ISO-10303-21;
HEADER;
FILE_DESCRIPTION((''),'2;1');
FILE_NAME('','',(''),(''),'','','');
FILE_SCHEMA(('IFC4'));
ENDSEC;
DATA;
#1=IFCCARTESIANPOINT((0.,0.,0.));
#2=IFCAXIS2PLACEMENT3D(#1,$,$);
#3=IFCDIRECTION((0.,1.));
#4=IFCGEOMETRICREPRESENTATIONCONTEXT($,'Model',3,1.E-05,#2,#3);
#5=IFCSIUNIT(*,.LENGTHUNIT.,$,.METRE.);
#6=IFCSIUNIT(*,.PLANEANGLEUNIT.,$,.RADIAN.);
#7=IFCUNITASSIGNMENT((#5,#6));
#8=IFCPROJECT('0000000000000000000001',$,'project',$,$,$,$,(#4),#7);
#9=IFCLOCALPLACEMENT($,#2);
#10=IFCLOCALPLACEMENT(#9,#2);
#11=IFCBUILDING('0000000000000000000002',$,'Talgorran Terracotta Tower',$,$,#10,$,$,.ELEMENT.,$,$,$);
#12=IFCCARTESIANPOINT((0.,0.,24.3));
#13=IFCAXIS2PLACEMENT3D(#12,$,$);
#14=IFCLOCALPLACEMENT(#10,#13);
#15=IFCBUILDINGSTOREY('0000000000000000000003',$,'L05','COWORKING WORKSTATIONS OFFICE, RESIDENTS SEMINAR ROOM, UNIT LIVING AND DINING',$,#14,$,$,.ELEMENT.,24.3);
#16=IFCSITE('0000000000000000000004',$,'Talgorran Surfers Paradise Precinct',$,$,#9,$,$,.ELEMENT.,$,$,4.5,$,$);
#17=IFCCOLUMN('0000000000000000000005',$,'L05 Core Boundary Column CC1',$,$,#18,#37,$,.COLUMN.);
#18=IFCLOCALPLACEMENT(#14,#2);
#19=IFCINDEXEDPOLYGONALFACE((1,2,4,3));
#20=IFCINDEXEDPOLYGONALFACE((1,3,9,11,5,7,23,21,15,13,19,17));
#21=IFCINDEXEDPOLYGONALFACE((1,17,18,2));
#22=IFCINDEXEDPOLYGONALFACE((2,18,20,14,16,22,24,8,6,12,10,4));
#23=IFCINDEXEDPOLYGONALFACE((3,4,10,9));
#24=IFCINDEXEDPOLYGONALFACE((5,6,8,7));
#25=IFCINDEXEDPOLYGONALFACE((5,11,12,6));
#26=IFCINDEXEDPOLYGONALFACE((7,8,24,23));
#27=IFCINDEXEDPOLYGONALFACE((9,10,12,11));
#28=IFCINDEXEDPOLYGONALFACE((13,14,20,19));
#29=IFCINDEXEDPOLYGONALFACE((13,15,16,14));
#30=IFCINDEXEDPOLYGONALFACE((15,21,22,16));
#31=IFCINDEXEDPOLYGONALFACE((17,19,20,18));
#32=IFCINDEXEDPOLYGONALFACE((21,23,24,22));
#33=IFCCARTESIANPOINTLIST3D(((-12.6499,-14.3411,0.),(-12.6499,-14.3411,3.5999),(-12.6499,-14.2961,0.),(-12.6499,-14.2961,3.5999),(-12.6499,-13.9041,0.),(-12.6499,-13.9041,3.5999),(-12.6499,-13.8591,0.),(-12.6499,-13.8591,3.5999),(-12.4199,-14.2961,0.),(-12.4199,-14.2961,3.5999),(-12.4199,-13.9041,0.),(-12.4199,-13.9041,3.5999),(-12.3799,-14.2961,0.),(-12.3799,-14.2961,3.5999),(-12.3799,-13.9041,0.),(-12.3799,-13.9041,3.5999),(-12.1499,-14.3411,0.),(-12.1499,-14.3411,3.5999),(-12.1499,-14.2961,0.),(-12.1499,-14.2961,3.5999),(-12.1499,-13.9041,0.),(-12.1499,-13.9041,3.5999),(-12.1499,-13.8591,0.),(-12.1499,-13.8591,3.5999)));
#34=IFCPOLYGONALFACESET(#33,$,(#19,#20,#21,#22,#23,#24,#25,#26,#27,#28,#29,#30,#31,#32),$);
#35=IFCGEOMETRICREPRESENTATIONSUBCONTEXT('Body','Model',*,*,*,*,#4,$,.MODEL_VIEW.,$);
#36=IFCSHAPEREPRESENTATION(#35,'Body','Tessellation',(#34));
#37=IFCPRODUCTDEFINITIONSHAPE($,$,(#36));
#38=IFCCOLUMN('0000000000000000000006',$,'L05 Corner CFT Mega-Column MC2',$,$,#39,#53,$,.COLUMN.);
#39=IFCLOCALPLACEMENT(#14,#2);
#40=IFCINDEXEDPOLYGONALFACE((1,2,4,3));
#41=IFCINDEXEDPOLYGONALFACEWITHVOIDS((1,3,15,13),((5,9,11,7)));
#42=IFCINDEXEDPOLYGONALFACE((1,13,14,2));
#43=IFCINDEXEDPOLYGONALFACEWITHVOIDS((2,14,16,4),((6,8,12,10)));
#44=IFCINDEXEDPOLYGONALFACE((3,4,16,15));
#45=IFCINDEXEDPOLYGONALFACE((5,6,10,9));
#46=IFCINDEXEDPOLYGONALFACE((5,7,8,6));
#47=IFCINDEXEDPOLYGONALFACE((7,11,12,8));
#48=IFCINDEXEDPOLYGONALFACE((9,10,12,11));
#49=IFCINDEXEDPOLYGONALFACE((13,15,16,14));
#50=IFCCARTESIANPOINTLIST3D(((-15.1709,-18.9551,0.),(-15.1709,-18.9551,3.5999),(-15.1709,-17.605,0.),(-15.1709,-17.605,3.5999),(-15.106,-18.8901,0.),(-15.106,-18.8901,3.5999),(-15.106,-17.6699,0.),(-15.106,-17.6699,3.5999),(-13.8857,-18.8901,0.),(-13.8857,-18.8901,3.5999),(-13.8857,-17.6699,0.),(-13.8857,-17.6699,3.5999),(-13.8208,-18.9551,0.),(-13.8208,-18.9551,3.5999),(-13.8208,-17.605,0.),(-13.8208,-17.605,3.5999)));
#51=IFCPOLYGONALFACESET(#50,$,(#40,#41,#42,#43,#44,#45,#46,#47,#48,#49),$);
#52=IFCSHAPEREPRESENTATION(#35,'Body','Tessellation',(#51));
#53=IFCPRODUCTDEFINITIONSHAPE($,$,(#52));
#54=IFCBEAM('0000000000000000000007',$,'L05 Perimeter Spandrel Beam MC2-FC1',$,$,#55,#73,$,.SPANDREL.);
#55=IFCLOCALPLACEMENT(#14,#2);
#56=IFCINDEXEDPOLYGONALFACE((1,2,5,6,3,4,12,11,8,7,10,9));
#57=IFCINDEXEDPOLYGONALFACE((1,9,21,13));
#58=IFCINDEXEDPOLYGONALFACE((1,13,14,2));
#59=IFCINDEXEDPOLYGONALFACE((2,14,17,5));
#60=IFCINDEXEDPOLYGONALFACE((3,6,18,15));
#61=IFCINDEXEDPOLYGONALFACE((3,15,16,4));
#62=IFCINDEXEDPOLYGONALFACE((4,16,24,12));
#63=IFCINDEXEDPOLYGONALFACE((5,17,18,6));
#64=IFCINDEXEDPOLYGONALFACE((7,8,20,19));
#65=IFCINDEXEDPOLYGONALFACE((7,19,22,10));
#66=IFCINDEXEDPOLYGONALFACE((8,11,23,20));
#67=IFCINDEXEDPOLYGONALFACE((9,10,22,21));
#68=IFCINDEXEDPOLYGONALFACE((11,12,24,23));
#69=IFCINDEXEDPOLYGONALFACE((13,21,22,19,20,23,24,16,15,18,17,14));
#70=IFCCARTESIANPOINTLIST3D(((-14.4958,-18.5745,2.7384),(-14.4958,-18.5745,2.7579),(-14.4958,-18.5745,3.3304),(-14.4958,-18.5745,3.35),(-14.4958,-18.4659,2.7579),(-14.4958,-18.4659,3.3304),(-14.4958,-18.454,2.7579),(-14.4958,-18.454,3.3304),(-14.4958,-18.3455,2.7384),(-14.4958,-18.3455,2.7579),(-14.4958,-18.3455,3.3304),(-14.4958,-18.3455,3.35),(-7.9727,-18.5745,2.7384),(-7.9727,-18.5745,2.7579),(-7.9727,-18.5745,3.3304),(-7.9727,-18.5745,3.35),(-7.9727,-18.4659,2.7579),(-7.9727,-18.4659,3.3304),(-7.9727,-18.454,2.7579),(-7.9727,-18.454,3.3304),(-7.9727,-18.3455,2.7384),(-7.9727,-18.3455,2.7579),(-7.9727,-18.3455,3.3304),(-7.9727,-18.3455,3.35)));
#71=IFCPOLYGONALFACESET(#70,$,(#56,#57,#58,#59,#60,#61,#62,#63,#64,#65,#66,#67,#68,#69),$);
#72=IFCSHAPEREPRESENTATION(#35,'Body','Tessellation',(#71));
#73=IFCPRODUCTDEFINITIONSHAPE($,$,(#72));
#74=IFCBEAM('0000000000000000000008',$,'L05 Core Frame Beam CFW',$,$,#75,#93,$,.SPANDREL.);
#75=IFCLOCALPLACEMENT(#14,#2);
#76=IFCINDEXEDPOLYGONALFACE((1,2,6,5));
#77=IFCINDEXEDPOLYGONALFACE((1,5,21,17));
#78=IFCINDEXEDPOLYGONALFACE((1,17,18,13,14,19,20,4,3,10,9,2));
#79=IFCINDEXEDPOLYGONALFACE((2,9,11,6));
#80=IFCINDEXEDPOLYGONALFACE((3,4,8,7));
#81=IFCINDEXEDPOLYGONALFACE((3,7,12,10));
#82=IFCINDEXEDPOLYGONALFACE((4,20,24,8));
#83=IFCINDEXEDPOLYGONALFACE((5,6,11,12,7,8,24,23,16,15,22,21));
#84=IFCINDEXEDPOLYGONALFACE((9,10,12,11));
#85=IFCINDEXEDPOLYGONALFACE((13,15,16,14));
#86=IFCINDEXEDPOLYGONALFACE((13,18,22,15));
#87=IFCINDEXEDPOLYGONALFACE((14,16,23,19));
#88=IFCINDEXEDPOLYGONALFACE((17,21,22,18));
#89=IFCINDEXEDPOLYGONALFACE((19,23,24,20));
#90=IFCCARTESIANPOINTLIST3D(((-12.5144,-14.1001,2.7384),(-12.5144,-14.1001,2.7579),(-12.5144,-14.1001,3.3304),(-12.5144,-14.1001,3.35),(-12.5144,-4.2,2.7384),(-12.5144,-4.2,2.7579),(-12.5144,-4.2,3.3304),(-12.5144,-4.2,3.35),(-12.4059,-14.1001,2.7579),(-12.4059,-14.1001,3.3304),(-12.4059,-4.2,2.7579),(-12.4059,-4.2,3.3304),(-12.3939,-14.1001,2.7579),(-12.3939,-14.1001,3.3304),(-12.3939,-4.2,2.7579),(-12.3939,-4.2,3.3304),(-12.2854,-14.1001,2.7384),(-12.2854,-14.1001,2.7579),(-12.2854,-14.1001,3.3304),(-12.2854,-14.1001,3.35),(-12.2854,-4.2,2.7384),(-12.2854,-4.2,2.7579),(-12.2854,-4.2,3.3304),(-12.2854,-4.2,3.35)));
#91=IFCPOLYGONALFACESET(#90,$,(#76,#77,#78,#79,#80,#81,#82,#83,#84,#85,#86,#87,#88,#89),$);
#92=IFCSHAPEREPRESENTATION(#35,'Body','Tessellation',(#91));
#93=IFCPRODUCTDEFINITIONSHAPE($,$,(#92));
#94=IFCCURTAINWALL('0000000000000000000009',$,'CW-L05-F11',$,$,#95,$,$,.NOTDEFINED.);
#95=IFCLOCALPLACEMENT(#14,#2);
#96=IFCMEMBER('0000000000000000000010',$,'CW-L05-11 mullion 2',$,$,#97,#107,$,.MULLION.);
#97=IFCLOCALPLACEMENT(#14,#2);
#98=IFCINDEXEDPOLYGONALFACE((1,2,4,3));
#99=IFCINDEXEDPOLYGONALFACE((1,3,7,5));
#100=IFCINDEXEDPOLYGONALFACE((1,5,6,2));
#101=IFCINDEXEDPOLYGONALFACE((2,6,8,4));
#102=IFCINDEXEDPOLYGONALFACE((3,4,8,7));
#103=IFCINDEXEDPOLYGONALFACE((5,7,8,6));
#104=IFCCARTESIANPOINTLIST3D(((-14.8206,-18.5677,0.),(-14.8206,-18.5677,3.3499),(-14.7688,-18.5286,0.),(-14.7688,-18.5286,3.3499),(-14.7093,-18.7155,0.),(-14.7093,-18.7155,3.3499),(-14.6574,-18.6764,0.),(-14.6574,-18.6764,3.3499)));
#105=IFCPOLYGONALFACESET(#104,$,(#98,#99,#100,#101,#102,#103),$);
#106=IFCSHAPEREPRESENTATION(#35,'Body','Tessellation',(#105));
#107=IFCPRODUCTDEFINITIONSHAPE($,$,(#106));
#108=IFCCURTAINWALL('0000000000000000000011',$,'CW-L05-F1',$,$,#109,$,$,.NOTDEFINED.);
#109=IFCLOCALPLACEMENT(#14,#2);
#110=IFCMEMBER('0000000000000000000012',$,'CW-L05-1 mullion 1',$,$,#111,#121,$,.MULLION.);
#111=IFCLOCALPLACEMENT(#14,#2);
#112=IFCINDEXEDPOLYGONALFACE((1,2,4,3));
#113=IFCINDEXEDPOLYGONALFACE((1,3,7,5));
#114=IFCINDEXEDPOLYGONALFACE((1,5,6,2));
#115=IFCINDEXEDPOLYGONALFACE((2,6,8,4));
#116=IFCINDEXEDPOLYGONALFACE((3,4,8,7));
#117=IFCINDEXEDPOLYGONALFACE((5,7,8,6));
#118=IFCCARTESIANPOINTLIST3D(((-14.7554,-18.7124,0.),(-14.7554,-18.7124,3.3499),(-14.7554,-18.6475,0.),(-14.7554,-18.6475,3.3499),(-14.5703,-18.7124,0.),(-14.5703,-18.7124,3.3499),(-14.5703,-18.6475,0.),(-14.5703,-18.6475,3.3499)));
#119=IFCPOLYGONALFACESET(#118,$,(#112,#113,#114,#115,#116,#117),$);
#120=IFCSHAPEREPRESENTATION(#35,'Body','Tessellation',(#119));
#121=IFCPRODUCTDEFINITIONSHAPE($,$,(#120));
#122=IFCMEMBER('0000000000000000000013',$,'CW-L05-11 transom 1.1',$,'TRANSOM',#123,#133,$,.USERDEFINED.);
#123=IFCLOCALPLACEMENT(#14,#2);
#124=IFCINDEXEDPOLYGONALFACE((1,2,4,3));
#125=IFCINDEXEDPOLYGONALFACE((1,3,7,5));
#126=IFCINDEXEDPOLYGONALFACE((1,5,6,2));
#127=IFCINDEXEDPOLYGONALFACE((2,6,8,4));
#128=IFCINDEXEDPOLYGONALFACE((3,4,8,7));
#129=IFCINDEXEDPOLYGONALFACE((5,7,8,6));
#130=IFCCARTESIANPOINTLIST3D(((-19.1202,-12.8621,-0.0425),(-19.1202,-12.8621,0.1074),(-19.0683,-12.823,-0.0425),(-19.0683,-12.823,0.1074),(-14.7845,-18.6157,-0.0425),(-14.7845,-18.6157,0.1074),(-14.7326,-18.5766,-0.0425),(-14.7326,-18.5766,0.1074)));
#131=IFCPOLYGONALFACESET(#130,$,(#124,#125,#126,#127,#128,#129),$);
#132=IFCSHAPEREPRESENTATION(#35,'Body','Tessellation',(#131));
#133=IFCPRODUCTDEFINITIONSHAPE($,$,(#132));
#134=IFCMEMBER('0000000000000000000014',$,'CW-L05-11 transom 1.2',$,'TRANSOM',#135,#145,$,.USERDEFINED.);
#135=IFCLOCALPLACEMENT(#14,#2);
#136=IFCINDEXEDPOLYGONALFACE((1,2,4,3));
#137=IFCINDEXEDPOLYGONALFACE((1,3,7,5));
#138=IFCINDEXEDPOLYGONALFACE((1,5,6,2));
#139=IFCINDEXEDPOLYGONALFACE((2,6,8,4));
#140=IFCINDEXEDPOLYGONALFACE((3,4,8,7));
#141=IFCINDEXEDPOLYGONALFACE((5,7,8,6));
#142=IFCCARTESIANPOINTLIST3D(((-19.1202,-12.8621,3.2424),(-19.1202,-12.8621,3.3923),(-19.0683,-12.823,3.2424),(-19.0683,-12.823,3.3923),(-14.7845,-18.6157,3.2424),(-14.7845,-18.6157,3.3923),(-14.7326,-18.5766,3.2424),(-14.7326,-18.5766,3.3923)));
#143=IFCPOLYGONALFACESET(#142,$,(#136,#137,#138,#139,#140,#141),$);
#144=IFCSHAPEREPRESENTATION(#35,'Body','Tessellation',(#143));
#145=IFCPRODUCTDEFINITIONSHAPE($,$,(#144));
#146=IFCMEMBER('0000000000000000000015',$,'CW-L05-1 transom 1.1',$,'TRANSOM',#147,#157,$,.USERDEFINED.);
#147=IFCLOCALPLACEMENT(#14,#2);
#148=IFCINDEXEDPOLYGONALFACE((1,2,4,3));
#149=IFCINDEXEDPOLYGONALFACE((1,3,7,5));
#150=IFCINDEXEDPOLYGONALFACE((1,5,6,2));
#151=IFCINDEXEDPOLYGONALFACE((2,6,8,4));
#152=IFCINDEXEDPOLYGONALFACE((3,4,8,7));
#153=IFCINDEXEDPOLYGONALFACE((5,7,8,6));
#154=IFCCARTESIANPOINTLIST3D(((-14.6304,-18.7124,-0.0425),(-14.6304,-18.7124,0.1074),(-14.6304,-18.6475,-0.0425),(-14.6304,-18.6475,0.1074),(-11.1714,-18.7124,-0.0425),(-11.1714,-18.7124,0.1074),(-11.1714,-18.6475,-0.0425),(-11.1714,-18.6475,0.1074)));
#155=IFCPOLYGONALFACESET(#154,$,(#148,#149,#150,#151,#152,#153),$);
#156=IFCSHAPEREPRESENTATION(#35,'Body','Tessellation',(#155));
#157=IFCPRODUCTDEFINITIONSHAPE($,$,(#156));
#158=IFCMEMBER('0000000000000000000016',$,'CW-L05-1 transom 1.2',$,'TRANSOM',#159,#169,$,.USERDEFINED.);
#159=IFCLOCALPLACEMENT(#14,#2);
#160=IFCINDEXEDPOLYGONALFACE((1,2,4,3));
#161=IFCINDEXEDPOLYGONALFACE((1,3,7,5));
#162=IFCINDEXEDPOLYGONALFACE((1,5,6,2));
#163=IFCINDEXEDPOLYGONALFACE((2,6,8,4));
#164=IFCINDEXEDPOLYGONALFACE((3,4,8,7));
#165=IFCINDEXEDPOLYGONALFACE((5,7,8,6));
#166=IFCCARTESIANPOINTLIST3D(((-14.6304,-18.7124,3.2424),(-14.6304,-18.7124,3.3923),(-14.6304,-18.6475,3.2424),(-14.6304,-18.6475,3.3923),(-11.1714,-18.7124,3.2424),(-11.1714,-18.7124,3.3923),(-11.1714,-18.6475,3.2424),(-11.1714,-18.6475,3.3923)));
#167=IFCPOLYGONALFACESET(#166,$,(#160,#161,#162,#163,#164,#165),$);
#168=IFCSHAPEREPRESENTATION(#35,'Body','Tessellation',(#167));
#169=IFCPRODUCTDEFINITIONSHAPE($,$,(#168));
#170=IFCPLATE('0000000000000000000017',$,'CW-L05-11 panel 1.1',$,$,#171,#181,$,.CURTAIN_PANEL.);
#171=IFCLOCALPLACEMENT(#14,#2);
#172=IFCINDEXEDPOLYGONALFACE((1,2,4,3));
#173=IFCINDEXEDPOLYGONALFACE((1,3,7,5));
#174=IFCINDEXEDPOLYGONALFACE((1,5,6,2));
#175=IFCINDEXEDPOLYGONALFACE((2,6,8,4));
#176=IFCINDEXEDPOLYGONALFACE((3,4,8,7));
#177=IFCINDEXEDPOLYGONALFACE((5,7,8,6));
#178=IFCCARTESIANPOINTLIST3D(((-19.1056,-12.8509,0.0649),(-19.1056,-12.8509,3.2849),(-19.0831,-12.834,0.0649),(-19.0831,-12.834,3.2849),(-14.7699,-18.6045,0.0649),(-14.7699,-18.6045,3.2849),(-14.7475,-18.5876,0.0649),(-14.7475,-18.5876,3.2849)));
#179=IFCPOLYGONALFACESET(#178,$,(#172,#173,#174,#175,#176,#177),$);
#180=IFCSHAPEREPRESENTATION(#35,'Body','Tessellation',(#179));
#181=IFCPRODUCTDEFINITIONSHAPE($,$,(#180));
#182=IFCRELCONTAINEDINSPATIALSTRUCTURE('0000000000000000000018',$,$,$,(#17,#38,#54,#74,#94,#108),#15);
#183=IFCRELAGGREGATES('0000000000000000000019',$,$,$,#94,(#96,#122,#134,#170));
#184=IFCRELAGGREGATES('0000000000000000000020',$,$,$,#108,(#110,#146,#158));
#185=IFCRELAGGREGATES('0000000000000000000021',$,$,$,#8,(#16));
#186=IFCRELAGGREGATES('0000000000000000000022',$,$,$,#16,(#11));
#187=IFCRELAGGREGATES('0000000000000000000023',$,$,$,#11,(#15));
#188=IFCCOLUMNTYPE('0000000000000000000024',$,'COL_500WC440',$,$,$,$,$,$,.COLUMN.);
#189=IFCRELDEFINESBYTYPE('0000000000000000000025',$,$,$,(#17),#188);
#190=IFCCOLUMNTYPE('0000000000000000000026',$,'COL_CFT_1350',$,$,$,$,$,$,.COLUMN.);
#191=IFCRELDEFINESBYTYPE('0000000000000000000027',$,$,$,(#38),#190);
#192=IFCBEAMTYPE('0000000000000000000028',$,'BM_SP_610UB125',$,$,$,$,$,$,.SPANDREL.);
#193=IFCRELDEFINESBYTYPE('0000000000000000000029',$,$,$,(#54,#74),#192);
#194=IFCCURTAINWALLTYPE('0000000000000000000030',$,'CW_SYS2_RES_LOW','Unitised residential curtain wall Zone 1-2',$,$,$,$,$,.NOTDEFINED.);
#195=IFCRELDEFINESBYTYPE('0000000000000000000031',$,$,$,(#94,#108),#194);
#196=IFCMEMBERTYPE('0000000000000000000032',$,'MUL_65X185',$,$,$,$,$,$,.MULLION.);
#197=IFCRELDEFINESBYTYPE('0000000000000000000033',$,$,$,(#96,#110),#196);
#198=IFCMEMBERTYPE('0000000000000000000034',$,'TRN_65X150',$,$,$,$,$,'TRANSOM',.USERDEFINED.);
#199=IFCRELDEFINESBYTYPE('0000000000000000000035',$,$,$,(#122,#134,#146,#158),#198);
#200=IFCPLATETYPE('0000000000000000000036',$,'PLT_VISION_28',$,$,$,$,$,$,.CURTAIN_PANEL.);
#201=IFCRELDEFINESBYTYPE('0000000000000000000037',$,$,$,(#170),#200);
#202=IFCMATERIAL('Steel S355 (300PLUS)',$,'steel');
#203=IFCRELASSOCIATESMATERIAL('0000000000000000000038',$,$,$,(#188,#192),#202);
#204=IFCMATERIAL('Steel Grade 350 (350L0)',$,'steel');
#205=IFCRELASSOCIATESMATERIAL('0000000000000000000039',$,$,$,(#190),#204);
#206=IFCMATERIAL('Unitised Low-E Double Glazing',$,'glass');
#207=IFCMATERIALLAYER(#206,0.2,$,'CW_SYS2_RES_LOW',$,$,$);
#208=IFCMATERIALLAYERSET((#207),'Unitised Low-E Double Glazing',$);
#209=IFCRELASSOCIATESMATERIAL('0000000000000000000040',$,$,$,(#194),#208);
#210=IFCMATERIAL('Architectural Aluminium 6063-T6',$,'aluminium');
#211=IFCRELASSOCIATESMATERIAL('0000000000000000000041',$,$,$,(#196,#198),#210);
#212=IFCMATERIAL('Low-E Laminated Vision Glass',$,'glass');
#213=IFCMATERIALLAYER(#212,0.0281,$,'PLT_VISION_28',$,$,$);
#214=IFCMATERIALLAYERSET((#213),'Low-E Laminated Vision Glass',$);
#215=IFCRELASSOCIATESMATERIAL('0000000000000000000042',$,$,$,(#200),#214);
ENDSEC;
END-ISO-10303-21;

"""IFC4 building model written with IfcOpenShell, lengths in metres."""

from ifc_helpers import new_model, si_unit, direction, frame, origin, origin_2d, place, context, subcontext, project, spatial, rectangle, hollow_rectangle, i_section, extrude, source, transform, mapped, material, layer, layer_set, material_profile, profile_set, type_object, element, aggregate, save


model = new_model("IFC4")

# Units and contexts
model_context = context("Model", 3, precision=1e-05, world=origin(), true_north=direction((0.0, 1.0)))
body_context = subcontext(model_context, "Body", "Model", "MODEL_VIEW")
ifc_project = project(units=[si_unit("LENGTHUNIT", "METRE"), si_unit("PLANEANGLEUNIT", "RADIAN")], contexts=[model_context])

# Site, building, storey
site_placement = place(None, origin())
site = spatial("IfcSite", under=ifc_project, at=site_placement, Name="Talgorran Surfers Paradise Precinct", CompositionType="ELEMENT", RefElevation=4.5)
building_placement = place(site_placement, origin())
building = spatial("IfcBuilding", under=site, at=building_placement, Name="Talgorran Terracotta Tower", CompositionType="ELEMENT")
storey_placement = place(building_placement, frame((0.0, 0.0, 24.3)))
storey = spatial("IfcBuildingStorey", under=building, at=storey_placement, Name="L05", Description="COWORKING WORKSTATIONS OFFICE, RESIDENTS SEMINAR ROOM, UNIT LIVING AND DINING", CompositionType="ELEMENT", Elevation=24.3)

# Columns
ifc_material_1 = material(Name="Steel S355 (300PLUS)", Category="steel")
ifc_material_profile_1 = material_profile(ifc_material_1, i_section(OverallWidth=0.5, OverallDepth=0.4819, WebThickness=0.04, FlangeThickness=0.0449, at=origin_2d()), Name="500WC440")
ifc_profile_set_1 = profile_set([ifc_material_profile_1], Name="Steel S355 (300PLUS)")
column_type_1 = type_object("IfcColumnType", Name="COL_500WC440", PredefinedType="COLUMN", material=ifc_profile_set_1)
column_1_placement = place(storey_placement, frame((-12.3999, -14.1001, 0.0), z_axis=(0.0, 0.0, 1.0), x_axis=(1.0, 0.0, 0.0)))
element("IfcColumn", 1, at=column_1_placement, inside=storey, type_object=column_type_1, Name="L05 Core Boundary Column CC1", PredefinedType="COLUMN", context=body_context, shape_type="SweptSolid", body=[
    extrude(i_section(OverallWidth=0.5, OverallDepth=0.4819, WebThickness=0.04, FlangeThickness=0.0449, at=origin_2d()), origin(), (0.0, 0.0, 1.0), 3.5999),
])
ifc_material_2 = material(Name="Steel Grade 350 (350L0)", Category="steel")
ifc_material_profile_2 = material_profile(ifc_material_2, hollow_rectangle(XDim=1.3501, YDim=1.3501, WallThickness=0.0649, at=origin_2d()), Name="CFT1350X1350X65")
ifc_profile_set_2 = profile_set([ifc_material_profile_2], Name="Steel Grade 350 (350L0)")
column_type_2 = type_object("IfcColumnType", Name="COL_CFT_1350", PredefinedType="COLUMN", material=ifc_profile_set_2)
column_2_placement = place(storey_placement, frame((-14.4958, -18.28, 0.0), z_axis=(0.0, 0.0, 1.0), x_axis=(1.0, 0.0, 0.0)))
element("IfcColumn", 2, at=column_2_placement, inside=storey, type_object=column_type_2, Name="L05 Corner CFT Mega-Column MC2", PredefinedType="COLUMN", context=body_context, shape_type="SweptSolid", body=[
    extrude(hollow_rectangle(XDim=1.3501, YDim=1.3501, WallThickness=0.0649, at=origin_2d()), origin(), (0.0, 0.0, 1.0), 3.5999),
])

# Beams
ifc_material_profile_3 = material_profile(ifc_material_1, i_section(OverallWidth=0.229, OverallDepth=0.6116, WebThickness=0.012, FlangeThickness=0.0195, at=origin_2d()), Name="610UB125")
ifc_profile_set_3 = profile_set([ifc_material_profile_3], Name="Steel S355 (300PLUS)")
beam_type = type_object("IfcBeamType", Name="BM_SP_610UB125", PredefinedType="SPANDREL", material=ifc_profile_set_3)
beam_1_placement = place(storey_placement, frame((-14.4958, -18.46, 3.0442), z_axis=(1.0, 0.0, 0.0), x_axis=(0.0, 1.0, 0.0)))
element("IfcBeam", 3, at=beam_1_placement, inside=storey, type_object=beam_type, Name="L05 Perimeter Spandrel Beam MC2-FC1", PredefinedType="SPANDREL", context=body_context, shape_type="SweptSolid", body=[
    extrude(i_section(OverallWidth=0.229, OverallDepth=0.6116, WebThickness=0.012, FlangeThickness=0.0195, at=origin_2d()), origin(), (0.0, 0.0, 1.0), 6.5232),
])
beam_2_placement = place(storey_placement, frame((-12.3999, -14.1001, 3.0442), z_axis=(0.0, 1.0, 0.0), x_axis=(-1.0, 0.0, 0.0)))
element("IfcBeam", 4, at=beam_2_placement, inside=storey, type_object=beam_type, Name="L05 Core Frame Beam CFW", PredefinedType="SPANDREL", context=body_context, shape_type="SweptSolid", body=[
    extrude(i_section(OverallWidth=0.229, OverallDepth=0.6116, WebThickness=0.012, FlangeThickness=0.0195, at=origin_2d()), origin(), (0.0, 0.0, 1.0), 9.9001),
])

# Curtain walls, members
ifc_material_3 = material(Name="Unitised Low-E Double Glazing", Category="glass")
ifc_layer_1 = layer(ifc_material_3, 0.2, Name="CW_SYS2_RES_LOW")
ifc_layer_set_1 = layer_set([ifc_layer_1], Name="Unitised Low-E Double Glazing")
curtain_wall_type = type_object("IfcCurtainWallType", Name="CW_SYS2_RES_LOW", Description="Unitised residential curtain wall Zone 1-2", PredefinedType="NOTDEFINED", material=ifc_layer_set_1)
curtain_wall_1_placement = place(storey_placement, origin())
curtain_wall_1 = element("IfcCurtainWall", 5, at=curtain_wall_1_placement, inside=storey, type_object=curtain_wall_type, Name="CW-L05-F11", PredefinedType="NOTDEFINED")
ifc_material_4 = material(Name="Architectural Aluminium 6063-T6", Category="aluminium")
ifc_material_profile_4 = material_profile(ifc_material_4, rectangle(XDim=0.0649, YDim=0.1851, at=origin_2d()), Name="CWM65X185")
ifc_profile_set_4 = profile_set([ifc_material_profile_4], Name="Architectural Aluminium 6063-T6")
member_type_1 = type_object("IfcMemberType", Name="MUL_65X185", PredefinedType="MULLION", material=ifc_profile_set_4)
member_1_placement = place(storey_placement, frame((-14.739, -18.6221, 0.0), z_axis=(0.0, 0.0, 1.0), x_axis=(0.798638, 0.601811, 0.0)))
member_1 = element("IfcMember", 6, at=member_1_placement, type_object=member_type_1, Name="CW-L05-11 mullion 2", PredefinedType="MULLION", context=body_context, shape_type="SweptSolid", body=[
    extrude(rectangle(XDim=0.0649, YDim=0.1851, at=origin_2d()), origin(), (0.0, 0.0, 1.0), 3.3499),
])
curtain_wall_2_placement = place(storey_placement, origin())
curtain_wall_2 = element("IfcCurtainWall", 7, at=curtain_wall_2_placement, inside=storey, type_object=curtain_wall_type, Name="CW-L05-F1", PredefinedType="NOTDEFINED")
member_2_placement = place(storey_placement, frame((-14.6628, -18.6799, 0.0), z_axis=(0.0, 0.0, 1.0), x_axis=(0.0, 1.0, 0.0)))
member_2 = element("IfcMember", 8, at=member_2_placement, type_object=member_type_1, Name="CW-L05-1 mullion 1", PredefinedType="MULLION", context=body_context, shape_type="SweptSolid", body=[
    extrude(rectangle(XDim=0.0649, YDim=0.1851, at=origin_2d()), origin(), (0.0, 0.0, 1.0), 3.3499),
])

# Members
ifc_material_profile_5 = material_profile(ifc_material_4, rectangle(XDim=0.0649, YDim=0.1499, at=origin_2d()), Name="CWT65X150")
ifc_profile_set_5 = profile_set([ifc_material_profile_5], Name="Architectural Aluminium 6063-T6")
member_type_2 = type_object("IfcMemberType", Name="TRN_65X150", ElementType="TRANSOM", PredefinedType="USERDEFINED", material=ifc_profile_set_5)
member_3_placement = place(storey_placement, frame((-19.0942, -12.8425, 0.0325), z_axis=(0.601815, -0.798636, 0.0), x_axis=(0.798636, 0.601815, 0.0)))
member_3 = element("IfcMember", 9, at=member_3_placement, type_object=member_type_2, Name="CW-L05-11 transom 1.1", ObjectType="TRANSOM", PredefinedType="USERDEFINED", context=body_context, shape_type="SweptSolid", body=[
    extrude(rectangle(XDim=0.0649, YDim=0.1499, at=origin_2d()), origin(), (0.0, 0.0, 1.0), 7.2043),
])
member_4_placement = place(storey_placement, frame((-19.0942, -12.8425, 3.3174), z_axis=(0.601815, -0.798636, 0.0), x_axis=(0.798636, 0.601815, 0.0)))
member_4 = element("IfcMember", 10, at=member_4_placement, type_object=member_type_2, Name="CW-L05-11 transom 1.2", ObjectType="TRANSOM", PredefinedType="USERDEFINED", context=body_context, shape_type="SweptSolid", body=[
    extrude(rectangle(XDim=0.0649, YDim=0.1499, at=origin_2d()), origin(), (0.0, 0.0, 1.0), 7.2043),
])
member_5_placement = place(storey_placement, frame((-14.6304, -18.6799, 0.0325), z_axis=(1.0, 0.0, 0.0), x_axis=(0.0, 1.0, 0.0)))
member_5 = element("IfcMember", 11, at=member_5_placement, type_object=member_type_2, Name="CW-L05-1 transom 1.1", ObjectType="TRANSOM", PredefinedType="USERDEFINED", context=body_context, shape_type="SweptSolid", body=[
    extrude(rectangle(XDim=0.0649, YDim=0.1499, at=origin_2d()), origin(), (0.0, 0.0, 1.0), 3.459),
])
member_6_placement = place(storey_placement, frame((-14.6304, -18.6799, 3.3174), z_axis=(1.0, 0.0, 0.0), x_axis=(0.0, 1.0, 0.0)))
member_6 = element("IfcMember", 12, at=member_6_placement, type_object=member_type_2, Name="CW-L05-1 transom 1.2", ObjectType="TRANSOM", PredefinedType="USERDEFINED", context=body_context, shape_type="SweptSolid", body=[
    extrude(rectangle(XDim=0.0649, YDim=0.1499, at=origin_2d()), origin(), (0.0, 0.0, 1.0), 3.459),
])

# Plate
ifc_material_5 = material(Name="Low-E Laminated Vision Glass", Category="glass")
ifc_layer_2 = layer(ifc_material_5, 0.0281, Name="PLT_VISION_28")
ifc_layer_set_2 = layer_set([ifc_layer_2], Name="Low-E Laminated Vision Glass")
plate_type = type_object("IfcPlateType", Name="PLT_VISION_28", PredefinedType="CURTAIN_PANEL", material=ifc_layer_set_2)
shared_shape_1 = source(origin(), body_context, "Body", "SweptSolid", [
    extrude(rectangle(XDim=7.2043, YDim=0.0281, at=origin_2d()), origin(), (0.0, 0.0, 1.0), 3.22),
])
plate_1_placement = place(storey_placement, frame((-16.9265, -15.7192, 0.0649), z_axis=(0.0, 0.0, 1.0), x_axis=(0.601811, -0.798638, 0.0)))
plate_1 = element("IfcPlate", 13, at=plate_1_placement, type_object=plate_type, Name="CW-L05-11 panel 1.1", PredefinedType="CURTAIN_PANEL", context=body_context, shape_type="MappedRepresentation", body=[
    mapped(shared_shape_1, transform((0.0, 0.0, 0.0), scale=1.0)),
])
aggregate(curtain_wall_1, [member_1, member_3, member_4, plate_1])
aggregate(curtain_wall_2, [member_2, member_5, member_6])

save(model, "model.ifc")
